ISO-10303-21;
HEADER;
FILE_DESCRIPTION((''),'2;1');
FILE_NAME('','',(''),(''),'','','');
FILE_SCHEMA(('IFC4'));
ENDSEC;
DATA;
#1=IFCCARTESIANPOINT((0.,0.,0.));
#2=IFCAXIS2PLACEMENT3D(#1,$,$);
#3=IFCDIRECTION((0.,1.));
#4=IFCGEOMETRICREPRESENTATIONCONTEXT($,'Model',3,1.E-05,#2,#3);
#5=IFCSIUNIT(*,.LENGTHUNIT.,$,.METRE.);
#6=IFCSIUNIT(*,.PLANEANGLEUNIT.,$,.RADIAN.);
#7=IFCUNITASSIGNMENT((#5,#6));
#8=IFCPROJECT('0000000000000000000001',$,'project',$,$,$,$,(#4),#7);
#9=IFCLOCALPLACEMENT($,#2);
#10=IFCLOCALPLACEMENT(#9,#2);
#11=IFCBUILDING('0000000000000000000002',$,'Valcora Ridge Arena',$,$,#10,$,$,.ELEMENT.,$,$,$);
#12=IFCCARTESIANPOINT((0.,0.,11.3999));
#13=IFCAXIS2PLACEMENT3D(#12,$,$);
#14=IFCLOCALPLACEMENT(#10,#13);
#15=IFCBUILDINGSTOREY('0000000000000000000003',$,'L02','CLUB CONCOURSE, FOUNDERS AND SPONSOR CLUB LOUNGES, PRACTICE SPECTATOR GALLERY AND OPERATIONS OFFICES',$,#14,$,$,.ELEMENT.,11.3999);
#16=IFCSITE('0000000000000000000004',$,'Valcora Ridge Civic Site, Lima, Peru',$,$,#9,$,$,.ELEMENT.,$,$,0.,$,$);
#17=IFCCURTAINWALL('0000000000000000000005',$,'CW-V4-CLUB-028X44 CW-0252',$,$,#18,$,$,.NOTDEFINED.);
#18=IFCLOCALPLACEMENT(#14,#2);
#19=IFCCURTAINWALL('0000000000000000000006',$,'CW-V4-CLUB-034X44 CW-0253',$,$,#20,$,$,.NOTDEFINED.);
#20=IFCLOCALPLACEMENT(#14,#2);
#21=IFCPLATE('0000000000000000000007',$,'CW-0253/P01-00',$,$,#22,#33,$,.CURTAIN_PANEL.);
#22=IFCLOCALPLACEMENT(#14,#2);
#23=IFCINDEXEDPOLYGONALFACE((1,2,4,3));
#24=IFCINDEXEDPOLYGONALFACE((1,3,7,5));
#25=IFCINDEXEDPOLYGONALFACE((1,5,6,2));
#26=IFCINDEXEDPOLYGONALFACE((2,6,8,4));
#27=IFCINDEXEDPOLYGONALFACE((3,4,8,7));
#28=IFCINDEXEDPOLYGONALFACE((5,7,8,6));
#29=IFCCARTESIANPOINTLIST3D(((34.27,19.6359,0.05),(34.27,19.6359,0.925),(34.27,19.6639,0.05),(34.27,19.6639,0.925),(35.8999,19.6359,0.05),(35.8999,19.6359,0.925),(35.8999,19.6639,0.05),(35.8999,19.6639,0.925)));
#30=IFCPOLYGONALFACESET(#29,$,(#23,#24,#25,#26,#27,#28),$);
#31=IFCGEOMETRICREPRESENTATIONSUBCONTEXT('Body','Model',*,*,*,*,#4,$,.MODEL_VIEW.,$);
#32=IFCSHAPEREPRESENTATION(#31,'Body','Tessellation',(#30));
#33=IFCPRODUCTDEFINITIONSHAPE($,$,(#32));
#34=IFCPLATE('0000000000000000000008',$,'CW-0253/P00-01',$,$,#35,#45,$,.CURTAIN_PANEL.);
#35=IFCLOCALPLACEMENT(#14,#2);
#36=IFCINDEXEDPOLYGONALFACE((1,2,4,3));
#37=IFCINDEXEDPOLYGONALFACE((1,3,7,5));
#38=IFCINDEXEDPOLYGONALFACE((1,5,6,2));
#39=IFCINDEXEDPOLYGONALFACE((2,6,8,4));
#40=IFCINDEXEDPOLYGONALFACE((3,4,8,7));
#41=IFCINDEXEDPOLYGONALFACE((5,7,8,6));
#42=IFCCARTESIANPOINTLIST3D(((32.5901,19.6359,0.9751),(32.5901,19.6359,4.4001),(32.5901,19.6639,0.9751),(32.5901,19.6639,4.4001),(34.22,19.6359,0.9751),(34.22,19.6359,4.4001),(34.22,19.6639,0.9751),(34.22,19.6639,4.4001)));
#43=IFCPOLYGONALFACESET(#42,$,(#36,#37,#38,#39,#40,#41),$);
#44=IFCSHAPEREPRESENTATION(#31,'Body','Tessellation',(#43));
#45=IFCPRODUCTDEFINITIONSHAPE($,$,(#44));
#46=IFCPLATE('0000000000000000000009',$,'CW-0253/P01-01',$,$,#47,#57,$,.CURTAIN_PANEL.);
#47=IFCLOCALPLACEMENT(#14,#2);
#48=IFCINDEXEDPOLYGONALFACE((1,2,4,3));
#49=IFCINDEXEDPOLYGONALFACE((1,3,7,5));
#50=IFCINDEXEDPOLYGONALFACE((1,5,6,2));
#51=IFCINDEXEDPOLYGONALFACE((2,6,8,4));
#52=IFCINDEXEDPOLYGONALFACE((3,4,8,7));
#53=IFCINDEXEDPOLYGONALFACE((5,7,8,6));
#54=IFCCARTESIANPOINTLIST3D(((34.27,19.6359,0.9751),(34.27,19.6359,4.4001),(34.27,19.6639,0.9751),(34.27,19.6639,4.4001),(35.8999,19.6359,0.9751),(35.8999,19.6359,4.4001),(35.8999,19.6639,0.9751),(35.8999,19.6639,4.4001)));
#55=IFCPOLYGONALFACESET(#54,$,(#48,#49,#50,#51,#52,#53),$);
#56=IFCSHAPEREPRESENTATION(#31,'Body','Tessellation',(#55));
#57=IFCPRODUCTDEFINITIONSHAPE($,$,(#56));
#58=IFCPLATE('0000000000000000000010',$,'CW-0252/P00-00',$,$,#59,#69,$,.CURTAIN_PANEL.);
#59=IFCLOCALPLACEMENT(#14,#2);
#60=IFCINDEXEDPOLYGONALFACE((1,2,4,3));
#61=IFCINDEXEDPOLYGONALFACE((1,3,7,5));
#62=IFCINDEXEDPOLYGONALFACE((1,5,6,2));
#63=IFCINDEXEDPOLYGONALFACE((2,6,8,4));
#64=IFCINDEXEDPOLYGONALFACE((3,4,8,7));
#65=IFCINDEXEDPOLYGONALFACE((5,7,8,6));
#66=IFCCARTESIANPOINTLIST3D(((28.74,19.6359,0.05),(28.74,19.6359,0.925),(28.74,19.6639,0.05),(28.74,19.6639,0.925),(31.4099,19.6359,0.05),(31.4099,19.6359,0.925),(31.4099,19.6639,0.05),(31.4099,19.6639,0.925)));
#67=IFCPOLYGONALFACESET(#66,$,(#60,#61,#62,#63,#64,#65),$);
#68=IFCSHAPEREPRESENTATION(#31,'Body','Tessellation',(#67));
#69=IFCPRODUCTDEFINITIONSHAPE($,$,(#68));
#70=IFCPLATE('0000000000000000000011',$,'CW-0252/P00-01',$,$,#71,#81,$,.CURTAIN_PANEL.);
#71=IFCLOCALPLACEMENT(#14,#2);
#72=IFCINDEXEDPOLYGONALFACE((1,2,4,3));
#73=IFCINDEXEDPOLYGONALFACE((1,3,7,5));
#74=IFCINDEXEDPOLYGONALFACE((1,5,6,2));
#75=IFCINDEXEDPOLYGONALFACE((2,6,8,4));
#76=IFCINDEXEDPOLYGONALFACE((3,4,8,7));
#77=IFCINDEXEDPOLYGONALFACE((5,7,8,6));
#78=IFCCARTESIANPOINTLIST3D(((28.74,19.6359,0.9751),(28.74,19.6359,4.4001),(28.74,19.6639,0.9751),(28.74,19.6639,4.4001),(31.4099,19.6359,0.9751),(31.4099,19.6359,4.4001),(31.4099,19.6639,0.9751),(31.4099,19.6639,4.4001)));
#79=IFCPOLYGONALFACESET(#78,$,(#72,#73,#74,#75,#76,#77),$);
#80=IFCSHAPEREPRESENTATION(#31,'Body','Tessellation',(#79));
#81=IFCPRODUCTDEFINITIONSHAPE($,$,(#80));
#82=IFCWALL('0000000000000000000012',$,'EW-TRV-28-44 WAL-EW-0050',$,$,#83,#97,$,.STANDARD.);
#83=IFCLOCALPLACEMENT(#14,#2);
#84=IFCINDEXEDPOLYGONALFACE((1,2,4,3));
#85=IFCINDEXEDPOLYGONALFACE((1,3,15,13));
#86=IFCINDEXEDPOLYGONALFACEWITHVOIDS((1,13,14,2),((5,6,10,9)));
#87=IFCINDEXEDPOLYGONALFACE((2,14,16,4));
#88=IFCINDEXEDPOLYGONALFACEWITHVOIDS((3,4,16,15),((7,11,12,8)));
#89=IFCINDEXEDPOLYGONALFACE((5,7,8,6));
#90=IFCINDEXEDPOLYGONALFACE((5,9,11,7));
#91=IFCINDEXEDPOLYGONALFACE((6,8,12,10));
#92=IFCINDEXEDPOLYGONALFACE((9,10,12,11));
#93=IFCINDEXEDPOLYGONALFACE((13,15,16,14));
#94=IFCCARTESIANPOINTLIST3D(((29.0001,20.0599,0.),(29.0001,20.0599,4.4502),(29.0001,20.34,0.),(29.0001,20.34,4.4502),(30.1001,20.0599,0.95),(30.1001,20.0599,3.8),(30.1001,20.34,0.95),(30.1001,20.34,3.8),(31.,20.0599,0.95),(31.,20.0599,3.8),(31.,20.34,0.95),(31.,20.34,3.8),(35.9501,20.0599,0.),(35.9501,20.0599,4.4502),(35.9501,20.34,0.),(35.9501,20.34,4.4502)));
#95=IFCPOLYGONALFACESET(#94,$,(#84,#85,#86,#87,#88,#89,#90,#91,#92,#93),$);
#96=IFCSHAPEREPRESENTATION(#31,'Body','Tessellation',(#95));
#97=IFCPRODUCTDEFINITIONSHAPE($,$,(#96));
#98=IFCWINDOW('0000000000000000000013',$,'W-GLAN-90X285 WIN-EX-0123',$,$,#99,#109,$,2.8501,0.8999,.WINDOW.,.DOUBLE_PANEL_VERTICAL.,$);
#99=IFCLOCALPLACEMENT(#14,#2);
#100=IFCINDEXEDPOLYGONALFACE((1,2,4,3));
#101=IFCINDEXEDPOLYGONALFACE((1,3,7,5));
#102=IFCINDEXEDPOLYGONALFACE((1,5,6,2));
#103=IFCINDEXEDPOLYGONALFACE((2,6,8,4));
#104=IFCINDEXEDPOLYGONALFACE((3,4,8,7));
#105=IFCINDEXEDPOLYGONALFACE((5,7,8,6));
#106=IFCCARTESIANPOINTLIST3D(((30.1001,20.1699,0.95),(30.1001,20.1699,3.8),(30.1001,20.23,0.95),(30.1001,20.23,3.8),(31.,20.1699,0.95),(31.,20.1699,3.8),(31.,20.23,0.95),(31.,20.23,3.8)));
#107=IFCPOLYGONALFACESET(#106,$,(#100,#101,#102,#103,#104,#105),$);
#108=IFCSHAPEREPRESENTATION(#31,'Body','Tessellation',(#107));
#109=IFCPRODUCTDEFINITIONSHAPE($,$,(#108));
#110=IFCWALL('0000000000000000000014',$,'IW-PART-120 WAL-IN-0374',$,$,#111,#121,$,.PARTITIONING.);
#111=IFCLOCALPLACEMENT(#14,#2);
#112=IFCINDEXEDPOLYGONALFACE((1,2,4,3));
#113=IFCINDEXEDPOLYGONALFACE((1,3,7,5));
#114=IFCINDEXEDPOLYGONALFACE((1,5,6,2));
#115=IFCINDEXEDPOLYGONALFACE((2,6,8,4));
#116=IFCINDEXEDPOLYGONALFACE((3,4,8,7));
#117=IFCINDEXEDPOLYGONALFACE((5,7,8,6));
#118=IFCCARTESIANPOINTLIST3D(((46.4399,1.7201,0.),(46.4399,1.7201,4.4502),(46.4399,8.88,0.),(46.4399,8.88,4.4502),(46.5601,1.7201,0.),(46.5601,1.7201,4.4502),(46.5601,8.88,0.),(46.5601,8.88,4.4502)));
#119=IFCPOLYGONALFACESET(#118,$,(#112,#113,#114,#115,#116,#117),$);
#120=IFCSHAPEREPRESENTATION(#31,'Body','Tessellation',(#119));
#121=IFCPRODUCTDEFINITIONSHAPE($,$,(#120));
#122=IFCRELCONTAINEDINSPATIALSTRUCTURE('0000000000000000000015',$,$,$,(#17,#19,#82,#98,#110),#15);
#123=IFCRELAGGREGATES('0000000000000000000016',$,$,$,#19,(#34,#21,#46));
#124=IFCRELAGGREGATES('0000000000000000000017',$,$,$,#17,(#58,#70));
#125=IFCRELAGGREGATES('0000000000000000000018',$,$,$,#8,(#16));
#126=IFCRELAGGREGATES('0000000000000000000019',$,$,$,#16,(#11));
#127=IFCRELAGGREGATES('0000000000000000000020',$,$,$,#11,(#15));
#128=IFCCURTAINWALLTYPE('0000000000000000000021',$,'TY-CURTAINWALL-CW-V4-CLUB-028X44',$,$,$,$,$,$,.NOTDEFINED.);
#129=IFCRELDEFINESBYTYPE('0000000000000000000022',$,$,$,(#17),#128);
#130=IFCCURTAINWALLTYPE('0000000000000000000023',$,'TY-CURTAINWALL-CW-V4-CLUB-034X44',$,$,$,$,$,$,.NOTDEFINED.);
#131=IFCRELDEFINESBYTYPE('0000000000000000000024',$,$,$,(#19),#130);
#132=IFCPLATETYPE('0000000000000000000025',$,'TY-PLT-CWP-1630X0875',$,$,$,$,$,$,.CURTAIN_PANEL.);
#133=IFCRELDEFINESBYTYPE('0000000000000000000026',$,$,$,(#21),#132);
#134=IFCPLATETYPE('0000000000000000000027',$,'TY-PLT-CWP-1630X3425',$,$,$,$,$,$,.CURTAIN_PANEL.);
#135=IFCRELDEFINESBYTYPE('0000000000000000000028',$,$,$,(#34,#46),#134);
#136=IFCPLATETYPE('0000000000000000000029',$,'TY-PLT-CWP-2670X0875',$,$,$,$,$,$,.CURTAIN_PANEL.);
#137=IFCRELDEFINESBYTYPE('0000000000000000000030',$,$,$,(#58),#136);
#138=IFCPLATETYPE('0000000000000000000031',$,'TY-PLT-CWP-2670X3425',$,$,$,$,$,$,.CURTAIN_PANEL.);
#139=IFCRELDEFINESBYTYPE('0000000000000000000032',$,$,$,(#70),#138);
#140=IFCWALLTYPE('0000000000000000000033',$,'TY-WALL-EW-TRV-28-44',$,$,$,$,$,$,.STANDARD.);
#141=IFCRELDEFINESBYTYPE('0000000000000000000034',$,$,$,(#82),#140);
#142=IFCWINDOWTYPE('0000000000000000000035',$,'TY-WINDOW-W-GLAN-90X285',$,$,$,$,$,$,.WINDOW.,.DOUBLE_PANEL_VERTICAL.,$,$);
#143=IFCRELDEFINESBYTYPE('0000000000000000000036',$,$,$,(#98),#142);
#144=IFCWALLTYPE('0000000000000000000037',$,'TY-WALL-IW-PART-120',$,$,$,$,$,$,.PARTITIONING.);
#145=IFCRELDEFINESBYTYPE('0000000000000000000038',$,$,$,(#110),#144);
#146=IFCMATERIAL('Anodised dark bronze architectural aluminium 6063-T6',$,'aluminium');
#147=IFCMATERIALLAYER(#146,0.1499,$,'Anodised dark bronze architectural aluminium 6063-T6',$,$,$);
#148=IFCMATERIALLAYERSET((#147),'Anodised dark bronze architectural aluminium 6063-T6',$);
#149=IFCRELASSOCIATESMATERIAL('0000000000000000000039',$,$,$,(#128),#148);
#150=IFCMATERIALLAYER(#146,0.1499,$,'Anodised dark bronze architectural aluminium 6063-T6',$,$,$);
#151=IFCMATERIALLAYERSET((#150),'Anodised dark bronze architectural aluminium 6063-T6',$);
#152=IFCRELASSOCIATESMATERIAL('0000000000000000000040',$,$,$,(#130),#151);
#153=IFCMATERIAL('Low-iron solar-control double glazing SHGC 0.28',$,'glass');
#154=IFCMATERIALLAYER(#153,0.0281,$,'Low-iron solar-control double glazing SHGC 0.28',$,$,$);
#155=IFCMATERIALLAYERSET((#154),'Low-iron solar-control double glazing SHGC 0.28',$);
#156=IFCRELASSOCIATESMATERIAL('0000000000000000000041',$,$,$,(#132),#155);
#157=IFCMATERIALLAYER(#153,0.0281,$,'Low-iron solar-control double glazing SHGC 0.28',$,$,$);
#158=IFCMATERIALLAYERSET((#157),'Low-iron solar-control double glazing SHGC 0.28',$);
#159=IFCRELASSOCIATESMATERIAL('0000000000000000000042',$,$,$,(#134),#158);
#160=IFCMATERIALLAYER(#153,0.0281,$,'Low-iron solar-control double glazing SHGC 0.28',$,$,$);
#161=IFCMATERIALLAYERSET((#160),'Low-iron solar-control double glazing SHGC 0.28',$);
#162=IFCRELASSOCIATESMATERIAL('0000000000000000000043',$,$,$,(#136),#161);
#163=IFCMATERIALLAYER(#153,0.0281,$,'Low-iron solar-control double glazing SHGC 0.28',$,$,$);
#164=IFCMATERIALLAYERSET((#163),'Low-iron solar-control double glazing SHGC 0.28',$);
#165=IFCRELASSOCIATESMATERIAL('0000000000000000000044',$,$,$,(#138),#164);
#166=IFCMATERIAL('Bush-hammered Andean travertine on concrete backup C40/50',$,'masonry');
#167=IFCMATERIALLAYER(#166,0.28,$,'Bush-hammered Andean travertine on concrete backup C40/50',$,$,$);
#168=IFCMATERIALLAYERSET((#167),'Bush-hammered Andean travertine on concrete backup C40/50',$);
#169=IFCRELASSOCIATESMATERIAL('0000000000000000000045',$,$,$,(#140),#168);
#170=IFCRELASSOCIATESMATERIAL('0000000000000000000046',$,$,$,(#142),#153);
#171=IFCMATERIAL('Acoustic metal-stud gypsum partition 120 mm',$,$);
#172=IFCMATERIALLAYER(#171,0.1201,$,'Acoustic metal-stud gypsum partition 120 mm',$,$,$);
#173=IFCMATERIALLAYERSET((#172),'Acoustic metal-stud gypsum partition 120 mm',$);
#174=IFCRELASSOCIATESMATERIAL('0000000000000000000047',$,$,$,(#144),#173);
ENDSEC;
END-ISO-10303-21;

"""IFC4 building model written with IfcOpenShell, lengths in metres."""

from ifc_helpers import new_model, si_unit, direction, frame, frame_2d, origin, origin_2d, place, context, subcontext, project, spatial, rectangle, extrude, material, layer, layer_set, type_object, element, fill, aggregate, save


model = new_model("IFC4")

# Units and contexts
model_context = context("Model", 3, precision=1e-05, world=origin(), true_north=direction((0.0, 1.0)))
body_context = subcontext(model_context, "Body", "Model", "MODEL_VIEW")
ifc_project = project(units=[si_unit("LENGTHUNIT", "METRE"), si_unit("PLANEANGLEUNIT", "RADIAN")], contexts=[model_context])

# Site, building, storey
site_placement = place(None, origin())
site = spatial("IfcSite", under=ifc_project, at=site_placement, Name="Valcora Ridge Civic Site, Lima, Peru", CompositionType="ELEMENT", RefElevation=0.0)
building_placement = place(site_placement, origin())
building = spatial("IfcBuilding", under=site, at=building_placement, Name="Valcora Ridge Arena", CompositionType="ELEMENT")
storey_placement = place(building_placement, frame((0.0, 0.0, 11.3999)))
storey = spatial("IfcBuildingStorey", under=building, at=storey_placement, Name="L02", Description="CLUB CONCOURSE, FOUNDERS AND SPONSOR CLUB LOUNGES, PRACTICE SPECTATOR GALLERY AND OPERATIONS OFFICES", CompositionType="ELEMENT", Elevation=11.3999)

# Curtain wall
ifc_material_1 = material(Name="Anodised dark bronze architectural aluminium 6063-T6", Category="aluminium")
ifc_layer_1 = layer(ifc_material_1, 0.1499, Name="Anodised dark bronze architectural aluminium 6063-T6")
ifc_layer_set_1 = layer_set([ifc_layer_1], Name="Anodised dark bronze architectural aluminium 6063-T6")
curtain_wall_type_1 = type_object("IfcCurtainWallType", Name="TY-CURTAINWALL-CW-V4-CLUB-028X44", PredefinedType="NOTDEFINED", material=ifc_layer_set_1)
curtain_wall_1_placement = place(storey_placement, origin())
curtain_wall_1 = element("IfcCurtainWall", 1, at=curtain_wall_1_placement, inside=storey, type_object=curtain_wall_type_1, Name="CW-V4-CLUB-028X44 CW-0252", PredefinedType="NOTDEFINED")

# Curtain wall
ifc_layer_2 = layer(ifc_material_1, 0.1499, Name="Anodised dark bronze architectural aluminium 6063-T6")
ifc_layer_set_2 = layer_set([ifc_layer_2], Name="Anodised dark bronze architectural aluminium 6063-T6")
curtain_wall_type_2 = type_object("IfcCurtainWallType", Name="TY-CURTAINWALL-CW-V4-CLUB-034X44", PredefinedType="NOTDEFINED", material=ifc_layer_set_2)
curtain_wall_2_placement = place(storey_placement, origin())
curtain_wall_2 = element("IfcCurtainWall", 2, at=curtain_wall_2_placement, inside=storey, type_object=curtain_wall_type_2, Name="CW-V4-CLUB-034X44 CW-0253", PredefinedType="NOTDEFINED")

# Plates
ifc_material_2 = material(Name="Low-iron solar-control double glazing SHGC 0.28", Category="glass")
ifc_layer_3 = layer(ifc_material_2, 0.0281, Name="Low-iron solar-control double glazing SHGC 0.28")
ifc_layer_set_3 = layer_set([ifc_layer_3], Name="Low-iron solar-control double glazing SHGC 0.28")
plate_type_1 = type_object("IfcPlateType", Name="TY-PLT-CWP-1630X0875", PredefinedType="CURTAIN_PANEL", material=ifc_layer_set_3)
plate_1_placement = place(storey_placement, frame((35.085, 19.6499, 0.05), z_axis=(0.0, 0.0, 1.0), x_axis=(1.0, 0.0, 0.0)))
plate_1 = element("IfcPlate", 3, at=plate_1_placement, type_object=plate_type_1, Name="CW-0253/P01-00", PredefinedType="CURTAIN_PANEL", context=body_context, shape_type="SweptSolid", body=[
    extrude(rectangle(XDim=1.6299, YDim=0.0281, at=origin_2d()), origin(), (0.0, 0.0, 1.0), 0.875),
])
ifc_layer_4 = layer(ifc_material_2, 0.0281, Name="Low-iron solar-control double glazing SHGC 0.28")
ifc_layer_set_4 = layer_set([ifc_layer_4], Name="Low-iron solar-control double glazing SHGC 0.28")
plate_type_2 = type_object("IfcPlateType", Name="TY-PLT-CWP-1630X3425", PredefinedType="CURTAIN_PANEL", material=ifc_layer_set_4)
plate_2_placement = place(storey_placement, frame((33.405, 19.6499, 0.9751), z_axis=(0.0, 0.0, 1.0), x_axis=(1.0, 0.0, 0.0)))
plate_2 = element("IfcPlate", 4, at=plate_2_placement, type_object=plate_type_2, Name="CW-0253/P00-01", PredefinedType="CURTAIN_PANEL", context=body_context, shape_type="SweptSolid", body=[
    extrude(rectangle(XDim=1.6299, YDim=0.0281, at=origin_2d()), origin(), (0.0, 0.0, 1.0), 3.425),
])
plate_3_placement = place(storey_placement, frame((35.085, 19.6499, 0.9751), z_axis=(0.0, 0.0, 1.0), x_axis=(1.0, 0.0, 0.0)))
plate_3 = element("IfcPlate", 5, at=plate_3_placement, type_object=plate_type_2, Name="CW-0253/P01-01", PredefinedType="CURTAIN_PANEL", context=body_context, shape_type="SweptSolid", body=[
    extrude(rectangle(XDim=1.6299, YDim=0.0281, at=origin_2d()), origin(), (0.0, 0.0, 1.0), 3.425),
])
aggregate(curtain_wall_2, [plate_2, plate_1, plate_3])
ifc_layer_5 = layer(ifc_material_2, 0.0281, Name="Low-iron solar-control double glazing SHGC 0.28")
ifc_layer_set_5 = layer_set([ifc_layer_5], Name="Low-iron solar-control double glazing SHGC 0.28")
plate_type_3 = type_object("IfcPlateType", Name="TY-PLT-CWP-2670X0875", PredefinedType="CURTAIN_PANEL", material=ifc_layer_set_5)
plate_4_placement = place(storey_placement, frame((30.075, 19.6499, 0.05), z_axis=(0.0, 0.0, 1.0), x_axis=(1.0, 0.0, 0.0)))
plate_4 = element("IfcPlate", 6, at=plate_4_placement, type_object=plate_type_3, Name="CW-0252/P00-00", PredefinedType="CURTAIN_PANEL", context=body_context, shape_type="SweptSolid", body=[
    extrude(rectangle(XDim=2.6699, YDim=0.0281, at=origin_2d()), origin(), (0.0, 0.0, 1.0), 0.875),
])
ifc_layer_6 = layer(ifc_material_2, 0.0281, Name="Low-iron solar-control double glazing SHGC 0.28")
ifc_layer_set_6 = layer_set([ifc_layer_6], Name="Low-iron solar-control double glazing SHGC 0.28")
plate_type_4 = type_object("IfcPlateType", Name="TY-PLT-CWP-2670X3425", PredefinedType="CURTAIN_PANEL", material=ifc_layer_set_6)
plate_5_placement = place(storey_placement, frame((30.075, 19.6499, 0.9751), z_axis=(0.0, 0.0, 1.0), x_axis=(1.0, 0.0, 0.0)))
plate_5 = element("IfcPlate", 7, at=plate_5_placement, type_object=plate_type_4, Name="CW-0252/P00-01", PredefinedType="CURTAIN_PANEL", context=body_context, shape_type="SweptSolid", body=[
    extrude(rectangle(XDim=2.6699, YDim=0.0281, at=origin_2d()), origin(), (0.0, 0.0, 1.0), 3.425),
])
aggregate(curtain_wall_1, [plate_4, plate_5])

# Wall, opening, window
ifc_material_3 = material(Name="Bush-hammered Andean travertine on concrete backup C40/50", Category="masonry")
ifc_layer_7 = layer(ifc_material_3, 0.28, Name="Bush-hammered Andean travertine on concrete backup C40/50")
ifc_layer_set_7 = layer_set([ifc_layer_7], Name="Bush-hammered Andean travertine on concrete backup C40/50")
wall_type_1 = type_object("IfcWallType", Name="TY-WALL-EW-TRV-28-44", PredefinedType="STANDARD", material=ifc_layer_set_7)
wall_1_placement = place(storey_placement, frame((29.0, 20.2, 0.0), z_axis=(0.0, 0.0, 1.0), x_axis=(1.0, 0.0, 0.0)))
wall_1 = element("IfcWall", 8, at=wall_1_placement, inside=storey, type_object=wall_type_1, Name="EW-TRV-28-44 WAL-EW-0050", PredefinedType="STANDARD", context=body_context, shape_type="SweptSolid", body=[
    extrude(rectangle(XDim=6.95, YDim=0.28, at=frame_2d((3.4751, 0.0))), origin(), (0.0, 0.0, 1.0), 4.4502),
])
opening_placement = place(wall_1_placement, frame((1.1001, 0.0, 0.95)))
opening = element("IfcOpeningElement", 9, at=opening_placement, cuts=wall_1, PredefinedType="OPENING", context=body_context, shape_type="SweptSolid", body=[
    extrude(rectangle(XDim=0.8999, YDim=2.8501, at=frame_2d((0.45, 1.425))), frame((0.0, 0.1499, 0.0), z_axis=(0.0, -1.0, 0.0), x_axis=(1.0, 0.0, 0.0)), (0.0, 0.0, 1.0), 0.3),
])
window_type = type_object("IfcWindowType", Name="TY-WINDOW-W-GLAN-90X285", PartitioningType="DOUBLE_PANEL_VERTICAL", PredefinedType="WINDOW", material=ifc_material_2)
window_placement = place(opening_placement, origin())
window = element("IfcWindow", 10, at=window_placement, inside=storey, type_object=window_type, Name="W-GLAN-90X285 WIN-EX-0123", OverallHeight=2.8501, OverallWidth=0.8999, PartitioningType="DOUBLE_PANEL_VERTICAL", PredefinedType="WINDOW", context=body_context, shape_type="SweptSolid", body=[
    extrude(rectangle(XDim=0.8999, YDim=2.8501, at=frame_2d((0.45, 1.425))), frame((0.0, 0.03, 0.0), z_axis=(0.0, -1.0, 0.0), x_axis=(1.0, 0.0, 0.0)), (0.0, 0.0, 1.0), 0.0601),
])
fill(opening, window)

# Wall
ifc_material_4 = material(Name="Acoustic metal-stud gypsum partition 120 mm")
ifc_layer_8 = layer(ifc_material_4, 0.1201, Name="Acoustic metal-stud gypsum partition 120 mm")
ifc_layer_set_8 = layer_set([ifc_layer_8], Name="Acoustic metal-stud gypsum partition 120 mm")
wall_type_2 = type_object("IfcWallType", Name="TY-WALL-IW-PART-120", PredefinedType="PARTITIONING", material=ifc_layer_set_8)
wall_2_placement = place(storey_placement, frame((46.5, 1.72, 0.0), z_axis=(0.0, 0.0, 1.0), x_axis=(0.0, 1.0, 0.0)))
element("IfcWall", 11, at=wall_2_placement, inside=storey, type_object=wall_type_2, Name="IW-PART-120 WAL-IN-0374", PredefinedType="PARTITIONING", context=body_context, shape_type="SweptSolid", body=[
    extrude(rectangle(XDim=7.1599, YDim=0.1201, at=frame_2d((3.5801, 0.0))), origin(), (0.0, 0.0, 1.0), 4.4502),
])

save(model, "model.ifc")
